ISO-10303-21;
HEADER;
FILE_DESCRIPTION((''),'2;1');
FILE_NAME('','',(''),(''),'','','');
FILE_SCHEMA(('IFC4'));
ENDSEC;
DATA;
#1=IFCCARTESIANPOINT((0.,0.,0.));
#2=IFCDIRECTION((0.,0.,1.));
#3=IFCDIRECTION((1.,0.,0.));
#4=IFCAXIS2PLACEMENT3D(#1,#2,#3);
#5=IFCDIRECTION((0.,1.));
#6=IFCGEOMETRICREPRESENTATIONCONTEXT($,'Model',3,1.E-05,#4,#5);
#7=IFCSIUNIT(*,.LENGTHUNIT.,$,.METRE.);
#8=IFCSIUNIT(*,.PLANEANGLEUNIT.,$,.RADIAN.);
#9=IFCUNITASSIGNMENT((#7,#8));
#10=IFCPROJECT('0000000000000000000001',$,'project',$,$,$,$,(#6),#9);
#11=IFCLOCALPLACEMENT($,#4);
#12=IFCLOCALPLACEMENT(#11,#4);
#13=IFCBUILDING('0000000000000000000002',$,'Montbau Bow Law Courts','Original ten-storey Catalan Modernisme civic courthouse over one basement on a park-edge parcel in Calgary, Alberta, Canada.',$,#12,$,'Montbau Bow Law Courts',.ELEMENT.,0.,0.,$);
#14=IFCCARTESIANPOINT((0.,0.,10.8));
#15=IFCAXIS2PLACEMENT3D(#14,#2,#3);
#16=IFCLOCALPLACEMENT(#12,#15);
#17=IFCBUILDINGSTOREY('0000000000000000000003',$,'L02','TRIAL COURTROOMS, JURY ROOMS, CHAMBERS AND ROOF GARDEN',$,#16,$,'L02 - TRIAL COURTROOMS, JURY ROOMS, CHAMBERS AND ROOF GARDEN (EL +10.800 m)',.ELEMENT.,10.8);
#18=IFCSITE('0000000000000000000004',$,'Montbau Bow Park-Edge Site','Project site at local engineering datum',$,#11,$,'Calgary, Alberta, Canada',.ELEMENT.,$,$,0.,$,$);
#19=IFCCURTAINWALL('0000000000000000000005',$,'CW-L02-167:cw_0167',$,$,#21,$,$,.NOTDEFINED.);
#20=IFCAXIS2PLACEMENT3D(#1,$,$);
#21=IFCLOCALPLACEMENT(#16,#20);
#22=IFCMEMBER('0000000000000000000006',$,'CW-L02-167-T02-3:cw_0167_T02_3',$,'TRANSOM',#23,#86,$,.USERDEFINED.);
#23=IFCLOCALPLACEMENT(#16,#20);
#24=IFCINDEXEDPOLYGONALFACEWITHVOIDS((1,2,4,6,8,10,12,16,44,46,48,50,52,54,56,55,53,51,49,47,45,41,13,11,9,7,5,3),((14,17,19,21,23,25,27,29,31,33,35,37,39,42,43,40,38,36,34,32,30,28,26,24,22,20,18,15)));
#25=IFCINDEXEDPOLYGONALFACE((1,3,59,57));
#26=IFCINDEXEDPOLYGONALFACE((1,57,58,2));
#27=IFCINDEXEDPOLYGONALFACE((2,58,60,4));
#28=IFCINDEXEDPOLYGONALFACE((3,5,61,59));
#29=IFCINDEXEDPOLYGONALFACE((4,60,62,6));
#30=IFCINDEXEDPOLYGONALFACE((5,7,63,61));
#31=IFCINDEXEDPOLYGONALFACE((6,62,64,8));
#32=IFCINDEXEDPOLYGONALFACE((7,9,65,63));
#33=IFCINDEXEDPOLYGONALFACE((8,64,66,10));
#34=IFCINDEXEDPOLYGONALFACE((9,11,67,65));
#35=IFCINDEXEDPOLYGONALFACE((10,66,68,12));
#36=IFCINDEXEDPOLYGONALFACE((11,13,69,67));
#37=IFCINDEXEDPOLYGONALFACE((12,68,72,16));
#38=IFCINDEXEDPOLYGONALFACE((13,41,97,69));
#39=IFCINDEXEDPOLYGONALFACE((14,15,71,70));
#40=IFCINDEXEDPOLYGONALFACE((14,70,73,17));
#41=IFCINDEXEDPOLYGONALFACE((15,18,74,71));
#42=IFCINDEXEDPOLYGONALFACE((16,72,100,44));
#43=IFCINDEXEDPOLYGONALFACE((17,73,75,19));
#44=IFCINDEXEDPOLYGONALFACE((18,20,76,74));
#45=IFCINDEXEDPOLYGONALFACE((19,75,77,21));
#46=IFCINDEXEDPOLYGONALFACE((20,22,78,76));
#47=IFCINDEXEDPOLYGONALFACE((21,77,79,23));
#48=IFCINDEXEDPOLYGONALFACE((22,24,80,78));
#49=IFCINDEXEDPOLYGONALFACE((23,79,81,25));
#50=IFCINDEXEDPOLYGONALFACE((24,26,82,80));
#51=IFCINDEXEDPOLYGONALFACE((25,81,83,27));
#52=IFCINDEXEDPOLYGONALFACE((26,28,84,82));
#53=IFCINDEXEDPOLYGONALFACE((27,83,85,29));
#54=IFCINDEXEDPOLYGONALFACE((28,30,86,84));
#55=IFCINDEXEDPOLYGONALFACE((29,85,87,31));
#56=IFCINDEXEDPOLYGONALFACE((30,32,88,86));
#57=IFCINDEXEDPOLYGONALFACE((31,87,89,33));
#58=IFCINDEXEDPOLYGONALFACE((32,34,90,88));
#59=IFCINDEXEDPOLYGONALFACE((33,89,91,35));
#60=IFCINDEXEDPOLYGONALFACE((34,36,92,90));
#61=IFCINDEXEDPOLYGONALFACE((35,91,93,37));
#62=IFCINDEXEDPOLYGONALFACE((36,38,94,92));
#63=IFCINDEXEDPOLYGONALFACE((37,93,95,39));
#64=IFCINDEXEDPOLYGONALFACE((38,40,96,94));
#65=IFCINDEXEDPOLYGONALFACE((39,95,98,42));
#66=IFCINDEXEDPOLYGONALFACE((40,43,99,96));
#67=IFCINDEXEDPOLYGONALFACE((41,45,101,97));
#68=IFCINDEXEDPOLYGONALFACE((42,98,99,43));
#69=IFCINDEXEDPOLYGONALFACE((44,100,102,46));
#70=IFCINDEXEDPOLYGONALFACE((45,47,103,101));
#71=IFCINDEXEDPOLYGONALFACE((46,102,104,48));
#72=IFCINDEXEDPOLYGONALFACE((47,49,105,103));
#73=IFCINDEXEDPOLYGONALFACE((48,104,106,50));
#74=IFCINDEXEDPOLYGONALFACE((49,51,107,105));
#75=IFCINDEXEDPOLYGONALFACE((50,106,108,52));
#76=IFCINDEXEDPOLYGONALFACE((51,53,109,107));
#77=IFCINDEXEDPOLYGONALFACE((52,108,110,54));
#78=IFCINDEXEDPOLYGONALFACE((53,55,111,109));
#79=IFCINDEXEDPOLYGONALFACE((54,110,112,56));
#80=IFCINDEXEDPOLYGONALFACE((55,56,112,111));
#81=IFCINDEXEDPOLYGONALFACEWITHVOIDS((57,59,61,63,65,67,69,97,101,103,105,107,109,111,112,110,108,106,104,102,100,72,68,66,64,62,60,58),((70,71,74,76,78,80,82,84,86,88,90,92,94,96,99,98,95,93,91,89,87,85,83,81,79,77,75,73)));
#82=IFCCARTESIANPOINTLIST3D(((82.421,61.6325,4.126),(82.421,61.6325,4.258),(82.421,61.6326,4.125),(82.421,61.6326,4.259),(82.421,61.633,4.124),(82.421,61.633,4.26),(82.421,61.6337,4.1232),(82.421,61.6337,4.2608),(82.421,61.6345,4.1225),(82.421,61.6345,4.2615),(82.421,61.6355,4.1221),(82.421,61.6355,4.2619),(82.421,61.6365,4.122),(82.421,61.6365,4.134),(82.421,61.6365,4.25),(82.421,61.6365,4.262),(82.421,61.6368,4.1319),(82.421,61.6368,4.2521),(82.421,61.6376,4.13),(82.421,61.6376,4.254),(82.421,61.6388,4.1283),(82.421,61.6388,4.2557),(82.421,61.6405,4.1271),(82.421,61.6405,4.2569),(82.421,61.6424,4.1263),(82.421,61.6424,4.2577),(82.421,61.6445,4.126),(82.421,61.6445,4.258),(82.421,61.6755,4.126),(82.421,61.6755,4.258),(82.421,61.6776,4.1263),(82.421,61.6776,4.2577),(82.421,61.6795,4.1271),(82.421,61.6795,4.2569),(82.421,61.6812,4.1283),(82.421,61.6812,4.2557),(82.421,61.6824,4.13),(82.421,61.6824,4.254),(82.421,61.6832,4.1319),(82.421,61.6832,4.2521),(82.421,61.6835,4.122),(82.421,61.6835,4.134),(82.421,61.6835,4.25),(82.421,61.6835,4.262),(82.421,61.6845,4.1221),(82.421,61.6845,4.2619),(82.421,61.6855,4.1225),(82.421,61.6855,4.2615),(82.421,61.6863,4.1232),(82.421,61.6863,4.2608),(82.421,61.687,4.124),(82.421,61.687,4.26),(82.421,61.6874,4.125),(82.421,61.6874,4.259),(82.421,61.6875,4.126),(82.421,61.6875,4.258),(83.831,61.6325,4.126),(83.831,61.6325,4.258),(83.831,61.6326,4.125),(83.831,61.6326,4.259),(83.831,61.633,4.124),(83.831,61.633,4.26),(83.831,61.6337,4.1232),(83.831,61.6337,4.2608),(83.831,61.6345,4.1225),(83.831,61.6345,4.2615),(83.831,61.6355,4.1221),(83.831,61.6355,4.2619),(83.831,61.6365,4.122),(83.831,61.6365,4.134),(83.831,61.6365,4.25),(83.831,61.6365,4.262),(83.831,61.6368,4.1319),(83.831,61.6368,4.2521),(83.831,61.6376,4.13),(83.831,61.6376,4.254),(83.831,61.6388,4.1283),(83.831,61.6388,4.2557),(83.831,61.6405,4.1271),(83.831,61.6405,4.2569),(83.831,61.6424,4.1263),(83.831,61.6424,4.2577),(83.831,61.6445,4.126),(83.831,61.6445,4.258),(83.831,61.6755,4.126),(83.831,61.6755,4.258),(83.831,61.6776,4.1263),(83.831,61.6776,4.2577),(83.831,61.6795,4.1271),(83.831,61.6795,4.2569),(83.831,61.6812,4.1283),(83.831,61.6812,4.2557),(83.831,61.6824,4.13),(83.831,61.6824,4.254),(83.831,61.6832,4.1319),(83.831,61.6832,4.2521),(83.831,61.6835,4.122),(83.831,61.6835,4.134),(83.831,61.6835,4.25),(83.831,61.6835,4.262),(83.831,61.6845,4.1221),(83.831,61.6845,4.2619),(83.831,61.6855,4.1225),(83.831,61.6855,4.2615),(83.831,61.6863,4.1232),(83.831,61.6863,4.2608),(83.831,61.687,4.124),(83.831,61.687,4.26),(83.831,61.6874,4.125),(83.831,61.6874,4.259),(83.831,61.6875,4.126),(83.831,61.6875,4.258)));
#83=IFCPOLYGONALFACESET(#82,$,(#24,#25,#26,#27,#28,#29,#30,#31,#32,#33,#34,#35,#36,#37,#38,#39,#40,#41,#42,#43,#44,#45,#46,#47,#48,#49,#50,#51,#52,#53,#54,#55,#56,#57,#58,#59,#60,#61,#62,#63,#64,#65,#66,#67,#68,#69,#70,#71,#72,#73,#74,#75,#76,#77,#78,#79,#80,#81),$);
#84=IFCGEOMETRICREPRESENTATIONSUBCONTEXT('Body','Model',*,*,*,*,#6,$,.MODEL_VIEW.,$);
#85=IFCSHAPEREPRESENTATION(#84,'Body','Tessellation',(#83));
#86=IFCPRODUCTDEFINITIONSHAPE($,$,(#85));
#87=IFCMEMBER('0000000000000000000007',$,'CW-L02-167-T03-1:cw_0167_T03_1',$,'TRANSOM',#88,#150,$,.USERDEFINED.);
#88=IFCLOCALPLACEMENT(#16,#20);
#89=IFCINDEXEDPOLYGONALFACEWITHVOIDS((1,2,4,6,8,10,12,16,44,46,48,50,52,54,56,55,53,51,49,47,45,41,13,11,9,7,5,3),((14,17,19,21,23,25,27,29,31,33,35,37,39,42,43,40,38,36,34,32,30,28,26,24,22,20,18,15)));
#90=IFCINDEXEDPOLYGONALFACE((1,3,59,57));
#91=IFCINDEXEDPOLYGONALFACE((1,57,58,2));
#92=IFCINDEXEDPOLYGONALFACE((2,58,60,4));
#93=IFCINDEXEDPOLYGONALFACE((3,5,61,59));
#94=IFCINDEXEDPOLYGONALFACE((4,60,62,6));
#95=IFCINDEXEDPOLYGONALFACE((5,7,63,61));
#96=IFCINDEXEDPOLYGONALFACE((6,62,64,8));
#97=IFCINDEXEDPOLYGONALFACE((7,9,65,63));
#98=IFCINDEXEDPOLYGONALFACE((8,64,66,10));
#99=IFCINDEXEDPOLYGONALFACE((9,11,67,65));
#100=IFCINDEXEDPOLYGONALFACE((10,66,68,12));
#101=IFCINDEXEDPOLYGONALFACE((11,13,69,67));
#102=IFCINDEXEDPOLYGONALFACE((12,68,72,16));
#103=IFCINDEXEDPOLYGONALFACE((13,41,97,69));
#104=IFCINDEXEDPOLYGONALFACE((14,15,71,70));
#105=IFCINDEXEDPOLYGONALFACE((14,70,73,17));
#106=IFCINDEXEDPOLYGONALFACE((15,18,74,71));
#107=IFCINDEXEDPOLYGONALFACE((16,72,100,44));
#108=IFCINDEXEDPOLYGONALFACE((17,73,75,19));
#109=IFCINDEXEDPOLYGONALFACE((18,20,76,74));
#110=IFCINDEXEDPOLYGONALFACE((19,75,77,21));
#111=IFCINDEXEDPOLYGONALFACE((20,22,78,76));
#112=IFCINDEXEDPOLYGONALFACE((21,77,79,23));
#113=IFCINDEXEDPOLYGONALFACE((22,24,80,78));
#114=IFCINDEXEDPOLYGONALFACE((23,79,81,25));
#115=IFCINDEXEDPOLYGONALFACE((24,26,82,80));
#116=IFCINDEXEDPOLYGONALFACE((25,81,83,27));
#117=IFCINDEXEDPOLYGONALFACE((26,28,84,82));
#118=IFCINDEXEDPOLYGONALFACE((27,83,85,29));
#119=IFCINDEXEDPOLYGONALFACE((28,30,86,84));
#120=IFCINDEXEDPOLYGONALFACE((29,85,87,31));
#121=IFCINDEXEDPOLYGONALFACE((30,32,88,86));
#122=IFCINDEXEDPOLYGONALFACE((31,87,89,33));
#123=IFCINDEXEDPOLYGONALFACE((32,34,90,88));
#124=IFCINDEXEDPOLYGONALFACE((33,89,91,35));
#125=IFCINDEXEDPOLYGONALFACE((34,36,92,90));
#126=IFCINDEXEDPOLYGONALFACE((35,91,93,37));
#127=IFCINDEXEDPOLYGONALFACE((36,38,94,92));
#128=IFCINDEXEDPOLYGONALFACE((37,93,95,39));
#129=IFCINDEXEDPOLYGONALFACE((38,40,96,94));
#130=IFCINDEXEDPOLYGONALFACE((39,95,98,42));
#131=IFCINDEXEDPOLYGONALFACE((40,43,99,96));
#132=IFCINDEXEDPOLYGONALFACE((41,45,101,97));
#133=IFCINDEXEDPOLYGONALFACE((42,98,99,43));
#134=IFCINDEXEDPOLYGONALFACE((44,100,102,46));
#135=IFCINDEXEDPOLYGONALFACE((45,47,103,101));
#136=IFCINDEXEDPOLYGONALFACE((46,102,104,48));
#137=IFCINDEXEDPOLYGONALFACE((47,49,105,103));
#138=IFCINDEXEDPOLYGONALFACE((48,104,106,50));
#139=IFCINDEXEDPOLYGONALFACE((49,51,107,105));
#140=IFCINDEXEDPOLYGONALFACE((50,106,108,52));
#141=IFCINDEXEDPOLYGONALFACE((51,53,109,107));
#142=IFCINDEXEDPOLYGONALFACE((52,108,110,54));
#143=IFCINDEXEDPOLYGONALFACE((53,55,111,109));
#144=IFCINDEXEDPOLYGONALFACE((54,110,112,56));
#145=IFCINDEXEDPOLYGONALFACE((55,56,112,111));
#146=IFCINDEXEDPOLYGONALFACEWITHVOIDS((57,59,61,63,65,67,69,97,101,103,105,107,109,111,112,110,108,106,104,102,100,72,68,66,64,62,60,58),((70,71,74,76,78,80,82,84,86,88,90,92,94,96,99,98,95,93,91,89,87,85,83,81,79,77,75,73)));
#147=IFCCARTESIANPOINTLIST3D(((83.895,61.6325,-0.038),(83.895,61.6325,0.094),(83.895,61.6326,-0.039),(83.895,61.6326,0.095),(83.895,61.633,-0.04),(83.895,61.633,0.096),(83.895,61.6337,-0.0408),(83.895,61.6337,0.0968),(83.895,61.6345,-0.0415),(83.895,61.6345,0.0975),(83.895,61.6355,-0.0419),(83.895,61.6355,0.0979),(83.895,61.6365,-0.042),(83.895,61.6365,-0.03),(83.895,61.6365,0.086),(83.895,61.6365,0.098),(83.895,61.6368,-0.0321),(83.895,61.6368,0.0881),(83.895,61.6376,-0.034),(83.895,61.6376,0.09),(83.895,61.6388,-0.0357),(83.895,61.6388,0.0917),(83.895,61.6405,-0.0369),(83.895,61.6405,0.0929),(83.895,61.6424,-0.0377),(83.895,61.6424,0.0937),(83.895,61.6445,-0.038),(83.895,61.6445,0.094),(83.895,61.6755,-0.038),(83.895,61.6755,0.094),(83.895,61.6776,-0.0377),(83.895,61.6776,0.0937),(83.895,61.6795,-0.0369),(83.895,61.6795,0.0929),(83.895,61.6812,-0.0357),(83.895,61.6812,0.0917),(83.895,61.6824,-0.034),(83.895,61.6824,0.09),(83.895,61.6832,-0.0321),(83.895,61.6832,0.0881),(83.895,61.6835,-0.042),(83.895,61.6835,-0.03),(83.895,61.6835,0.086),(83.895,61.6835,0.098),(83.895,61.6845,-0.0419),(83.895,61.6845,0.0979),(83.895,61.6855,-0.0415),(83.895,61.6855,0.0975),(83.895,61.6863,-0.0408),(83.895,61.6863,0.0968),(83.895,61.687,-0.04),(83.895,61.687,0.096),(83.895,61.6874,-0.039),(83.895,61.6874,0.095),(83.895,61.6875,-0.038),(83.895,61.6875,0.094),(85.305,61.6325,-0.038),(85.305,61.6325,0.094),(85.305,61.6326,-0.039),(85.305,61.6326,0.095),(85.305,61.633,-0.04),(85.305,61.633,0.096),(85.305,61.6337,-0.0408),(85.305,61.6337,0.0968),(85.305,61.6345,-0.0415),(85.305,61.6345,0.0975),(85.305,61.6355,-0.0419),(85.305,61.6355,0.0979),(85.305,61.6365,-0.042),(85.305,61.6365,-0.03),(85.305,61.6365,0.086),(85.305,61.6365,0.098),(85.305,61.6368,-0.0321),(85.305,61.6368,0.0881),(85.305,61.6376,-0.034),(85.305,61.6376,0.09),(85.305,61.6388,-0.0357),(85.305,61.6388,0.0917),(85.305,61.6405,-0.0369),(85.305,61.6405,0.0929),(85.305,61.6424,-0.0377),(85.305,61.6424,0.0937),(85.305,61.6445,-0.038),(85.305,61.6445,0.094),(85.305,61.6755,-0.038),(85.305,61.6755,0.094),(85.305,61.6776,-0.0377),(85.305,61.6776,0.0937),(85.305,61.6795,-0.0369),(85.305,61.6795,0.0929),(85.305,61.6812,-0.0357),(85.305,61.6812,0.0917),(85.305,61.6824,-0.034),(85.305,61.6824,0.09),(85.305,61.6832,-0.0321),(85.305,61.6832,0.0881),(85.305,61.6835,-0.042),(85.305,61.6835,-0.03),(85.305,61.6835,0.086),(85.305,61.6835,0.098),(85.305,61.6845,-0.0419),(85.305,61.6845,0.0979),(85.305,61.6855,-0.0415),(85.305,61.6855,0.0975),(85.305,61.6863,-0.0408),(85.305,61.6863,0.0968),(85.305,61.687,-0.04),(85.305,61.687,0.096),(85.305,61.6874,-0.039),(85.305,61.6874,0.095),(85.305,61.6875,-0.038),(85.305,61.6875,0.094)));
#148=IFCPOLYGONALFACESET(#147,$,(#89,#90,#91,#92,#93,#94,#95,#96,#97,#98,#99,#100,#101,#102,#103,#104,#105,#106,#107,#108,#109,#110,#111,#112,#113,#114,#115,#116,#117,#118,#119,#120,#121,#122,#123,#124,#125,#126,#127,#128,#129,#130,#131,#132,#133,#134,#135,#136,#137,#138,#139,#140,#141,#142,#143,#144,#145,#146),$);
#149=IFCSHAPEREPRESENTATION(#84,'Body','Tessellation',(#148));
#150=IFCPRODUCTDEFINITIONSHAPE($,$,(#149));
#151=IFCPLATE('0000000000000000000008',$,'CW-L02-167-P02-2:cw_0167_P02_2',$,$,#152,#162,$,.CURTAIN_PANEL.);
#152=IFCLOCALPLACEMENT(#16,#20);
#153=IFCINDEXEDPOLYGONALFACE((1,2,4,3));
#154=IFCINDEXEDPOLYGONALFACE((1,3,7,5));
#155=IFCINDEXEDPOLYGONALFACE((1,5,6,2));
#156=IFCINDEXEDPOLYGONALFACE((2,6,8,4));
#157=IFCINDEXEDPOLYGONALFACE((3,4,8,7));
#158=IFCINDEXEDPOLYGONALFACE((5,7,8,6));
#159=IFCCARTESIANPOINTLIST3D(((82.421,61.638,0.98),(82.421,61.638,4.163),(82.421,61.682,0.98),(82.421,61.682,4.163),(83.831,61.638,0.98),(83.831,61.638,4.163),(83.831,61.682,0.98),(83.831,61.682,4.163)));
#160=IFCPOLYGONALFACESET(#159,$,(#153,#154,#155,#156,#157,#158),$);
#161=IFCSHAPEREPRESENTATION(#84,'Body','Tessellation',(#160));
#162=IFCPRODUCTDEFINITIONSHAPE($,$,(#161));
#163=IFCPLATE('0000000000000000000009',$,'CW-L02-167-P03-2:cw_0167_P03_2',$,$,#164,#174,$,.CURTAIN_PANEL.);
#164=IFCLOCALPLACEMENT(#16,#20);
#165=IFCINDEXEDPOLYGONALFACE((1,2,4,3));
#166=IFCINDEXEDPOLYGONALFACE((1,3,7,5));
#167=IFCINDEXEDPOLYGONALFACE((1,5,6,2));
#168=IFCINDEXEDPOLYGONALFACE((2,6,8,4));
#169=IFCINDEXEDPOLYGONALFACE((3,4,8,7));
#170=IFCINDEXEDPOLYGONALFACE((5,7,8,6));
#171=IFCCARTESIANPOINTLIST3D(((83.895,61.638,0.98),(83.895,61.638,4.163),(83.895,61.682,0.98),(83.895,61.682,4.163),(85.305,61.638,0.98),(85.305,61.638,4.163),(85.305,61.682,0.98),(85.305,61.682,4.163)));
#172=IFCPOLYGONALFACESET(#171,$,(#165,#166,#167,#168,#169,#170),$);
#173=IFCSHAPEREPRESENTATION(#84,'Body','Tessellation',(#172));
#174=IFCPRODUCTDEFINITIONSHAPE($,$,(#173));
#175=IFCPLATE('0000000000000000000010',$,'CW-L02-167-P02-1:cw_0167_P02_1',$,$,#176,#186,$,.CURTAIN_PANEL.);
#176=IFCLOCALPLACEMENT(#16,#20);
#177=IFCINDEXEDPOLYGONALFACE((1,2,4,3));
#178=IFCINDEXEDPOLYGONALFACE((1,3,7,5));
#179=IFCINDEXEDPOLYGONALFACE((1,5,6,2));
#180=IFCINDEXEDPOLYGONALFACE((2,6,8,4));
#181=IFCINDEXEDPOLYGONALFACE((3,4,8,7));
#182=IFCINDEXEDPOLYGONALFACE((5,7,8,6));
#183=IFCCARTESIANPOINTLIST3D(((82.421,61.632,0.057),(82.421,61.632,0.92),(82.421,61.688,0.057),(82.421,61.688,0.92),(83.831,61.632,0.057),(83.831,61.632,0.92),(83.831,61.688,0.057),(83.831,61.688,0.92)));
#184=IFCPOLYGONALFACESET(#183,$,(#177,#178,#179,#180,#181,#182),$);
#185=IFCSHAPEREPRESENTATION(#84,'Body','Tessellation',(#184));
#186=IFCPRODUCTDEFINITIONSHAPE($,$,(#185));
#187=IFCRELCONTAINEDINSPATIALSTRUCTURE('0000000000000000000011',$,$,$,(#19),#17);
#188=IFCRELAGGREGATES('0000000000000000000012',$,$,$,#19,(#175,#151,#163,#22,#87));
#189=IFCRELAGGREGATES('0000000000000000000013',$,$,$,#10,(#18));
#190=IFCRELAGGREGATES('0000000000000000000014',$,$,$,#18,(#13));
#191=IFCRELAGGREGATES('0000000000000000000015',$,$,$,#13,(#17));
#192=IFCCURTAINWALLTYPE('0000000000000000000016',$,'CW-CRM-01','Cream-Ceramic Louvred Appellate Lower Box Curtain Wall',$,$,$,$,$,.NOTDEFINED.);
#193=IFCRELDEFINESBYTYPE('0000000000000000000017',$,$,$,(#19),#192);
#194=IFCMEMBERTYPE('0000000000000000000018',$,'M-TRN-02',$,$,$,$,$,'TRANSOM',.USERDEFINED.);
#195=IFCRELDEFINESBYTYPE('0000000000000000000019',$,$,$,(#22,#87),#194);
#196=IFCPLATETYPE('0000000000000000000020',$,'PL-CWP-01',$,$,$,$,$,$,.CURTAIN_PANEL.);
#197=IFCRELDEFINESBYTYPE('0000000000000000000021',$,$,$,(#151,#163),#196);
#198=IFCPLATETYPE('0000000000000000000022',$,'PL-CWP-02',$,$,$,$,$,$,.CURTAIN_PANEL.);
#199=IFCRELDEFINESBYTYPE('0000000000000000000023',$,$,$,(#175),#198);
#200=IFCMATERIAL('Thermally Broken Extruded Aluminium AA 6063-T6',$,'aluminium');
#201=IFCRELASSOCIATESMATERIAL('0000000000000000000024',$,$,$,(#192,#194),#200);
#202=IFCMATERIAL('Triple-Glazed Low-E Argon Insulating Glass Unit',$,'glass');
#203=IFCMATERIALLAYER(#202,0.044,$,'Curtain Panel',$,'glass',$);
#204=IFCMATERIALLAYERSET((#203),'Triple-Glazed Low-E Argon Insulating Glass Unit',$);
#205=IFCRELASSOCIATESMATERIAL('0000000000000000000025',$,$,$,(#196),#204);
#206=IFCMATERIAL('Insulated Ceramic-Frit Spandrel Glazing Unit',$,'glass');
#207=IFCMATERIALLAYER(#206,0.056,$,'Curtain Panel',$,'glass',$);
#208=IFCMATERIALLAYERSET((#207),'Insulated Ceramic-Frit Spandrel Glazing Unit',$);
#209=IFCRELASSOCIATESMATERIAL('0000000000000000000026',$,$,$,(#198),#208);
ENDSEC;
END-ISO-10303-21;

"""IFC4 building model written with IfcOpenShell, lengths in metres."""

from ifc_helpers import new_model, si_unit, direction, frame, frame_2d, origin_with_axes, origin_2d_with_axis, place, context, subcontext, project, spatial, rectangle, hollow_rectangle, extrude, material, layer, layer_set, material_profile, profile_set, type_object, element, aggregate, save


model = new_model("IFC4")

# Units and contexts
model_context = context("Model", 3, precision=1e-05, world=origin_with_axes(), true_north=direction((0.0, 1.0)))
body_context = subcontext(model_context, "Body", "Model", "MODEL_VIEW")
ifc_project = project(units=[si_unit("LENGTHUNIT", "METRE"), si_unit("PLANEANGLEUNIT", "RADIAN")], contexts=[model_context])

# Site, building, storey
site_placement = place(None, origin_with_axes())
site = spatial("IfcSite", under=ifc_project, at=site_placement, Name="Montbau Bow Park-Edge Site", Description="Project site at local engineering datum", LongName="Calgary, Alberta, Canada", CompositionType="ELEMENT", RefElevation=0.0)
building_placement = place(site_placement, origin_with_axes())
building = spatial("IfcBuilding", under=site, at=building_placement, Name="Montbau Bow Law Courts", Description="Original ten-storey Catalan Modernisme civic courthouse over one basement on a park-edge parcel in Calgary, Alberta, Canada.", LongName="Montbau Bow Law Courts", CompositionType="ELEMENT", ElevationOfRefHeight=0.0, ElevationOfTerrain=0.0)
storey_placement = place(building_placement, frame((0.0, 0.0, 10.8), z_axis=(0.0, 0.0, 1.0), x_axis=(1.0, 0.0, 0.0)))
storey = spatial("IfcBuildingStorey", under=building, at=storey_placement, Name="L02", Description="TRIAL COURTROOMS, JURY ROOMS, CHAMBERS AND ROOF GARDEN", LongName="L02 - TRIAL COURTROOMS, JURY ROOMS, CHAMBERS AND ROOF GARDEN (EL +10.800 m)", CompositionType="ELEMENT", Elevation=10.8)

# Curtain wall, members, plates
ifc_material_1 = material(Name="Thermally Broken Extruded Aluminium AA 6063-T6", Category="aluminium")
curtain_wall_type = type_object("IfcCurtainWallType", Name="CW-CRM-01", Description="Cream-Ceramic Louvred Appellate Lower Box Curtain Wall", PredefinedType="NOTDEFINED", material=ifc_material_1)
curtain_wall_placement = place(None, frame((80.915, 61.66, 10.8), z_axis=(0.0, 0.0, 1.0), x_axis=(1.0, 0.0, 0.0)))
curtain_wall = element("IfcCurtainWall", 1, at=curtain_wall_placement, inside=storey, type_object=curtain_wall_type, Name="CW-L02-167:cw_0167", PredefinedType="NOTDEFINED")
ifc_material_profile_1 = material_profile(ifc_material_1, hollow_rectangle(XDim=0.055, YDim=0.14, WallThickness=0.004, InnerFilletRadius=0.008, OuterFilletRadius=0.004, at=origin_2d_with_axis()), Name="CWT-140X55", Category="Main", Priority=0)
ifc_profile_set_1 = profile_set([ifc_material_profile_1], Name="Thermally Broken Extruded Aluminium AA 6063-T6")
member_type_1 = type_object("IfcMemberType", Name="M-TRN-02", ElementType="TRANSOM", PredefinedType="USERDEFINED", material=ifc_profile_set_1)
member_1_placement = place(None, frame((82.421, 61.66, 14.992), z_axis=(1.0, 0.0, 0.0), x_axis=(0.0, 1.0, 0.0)))
member_1 = element("IfcMember", 2, at=member_1_placement, type_object=member_type_1, Name="CW-L02-167-T02-3:cw_0167_T02_3", ObjectType="TRANSOM", PredefinedType="USERDEFINED", context=body_context, shape_type="SweptSolid", body=[
    extrude(hollow_rectangle(XDim=0.055, YDim=0.14, WallThickness=0.004, InnerFilletRadius=0.008, OuterFilletRadius=0.004, at=origin_2d_with_axis()), origin_with_axes(), (0.0, 0.0, 1.0), 1.41),
])
member_2_placement = place(None, frame((83.895, 61.66, 10.828), z_axis=(1.0, 0.0, 0.0), x_axis=(0.0, 1.0, 0.0)))
member_2 = element("IfcMember", 3, at=member_2_placement, type_object=member_type_1, Name="CW-L02-167-T03-1:cw_0167_T03_1", ObjectType="TRANSOM", PredefinedType="USERDEFINED", context=body_context, shape_type="SweptSolid", body=[
    extrude(hollow_rectangle(XDim=0.055, YDim=0.14, WallThickness=0.004, InnerFilletRadius=0.008, OuterFilletRadius=0.004, at=origin_2d_with_axis()), origin_with_axes(), (0.0, 0.0, 1.0), 1.41),
])
ifc_material_2 = material(Name="Triple-Glazed Low-E Argon Insulating Glass Unit", Category="glass")
ifc_layer_1 = layer(ifc_material_2, 0.044, Name="Curtain Panel", Category="glass")
ifc_layer_set_1 = layer_set([ifc_layer_1], Name="Triple-Glazed Low-E Argon Insulating Glass Unit")
plate_type_1 = type_object("IfcPlateType", Name="PL-CWP-01", PredefinedType="CURTAIN_PANEL", material=ifc_layer_set_1)
plate_1_placement = place(None, frame((82.421, 61.66, 11.78), z_axis=(0.0, -1.0, 0.0), x_axis=(1.0, 0.0, 0.0)))
plate_1 = element("IfcPlate", 4, at=plate_1_placement, type_object=plate_type_1, Name="CW-L02-167-P02-2:cw_0167_P02_2", PredefinedType="CURTAIN_PANEL", context=body_context, shape_type="SweptSolid", body=[
    extrude(rectangle(XDim=1.41, YDim=3.183, at=frame_2d((0.705, 1.5915), x_axis=(1.0, 0.0))), frame((0.0, 0.0, -0.022), z_axis=(0.0, 0.0, 1.0), x_axis=(1.0, 0.0, 0.0)), (0.0, 0.0, 1.0), 0.044),
])
plate_2_placement = place(None, frame((83.895, 61.66, 11.78), z_axis=(0.0, -1.0, 0.0), x_axis=(1.0, 0.0, 0.0)))
plate_2 = element("IfcPlate", 5, at=plate_2_placement, type_object=plate_type_1, Name="CW-L02-167-P03-2:cw_0167_P03_2", PredefinedType="CURTAIN_PANEL", context=body_context, shape_type="SweptSolid", body=[
    extrude(rectangle(XDim=1.41, YDim=3.183, at=frame_2d((0.705, 1.5915), x_axis=(1.0, 0.0))), frame((0.0, 0.0, -0.022), z_axis=(0.0, 0.0, 1.0), x_axis=(1.0, 0.0, 0.0)), (0.0, 0.0, 1.0), 0.044),
])
ifc_material_3 = material(Name="Insulated Ceramic-Frit Spandrel Glazing Unit", Category="glass")
ifc_layer_2 = layer(ifc_material_3, 0.056, Name="Curtain Panel", Category="glass")
ifc_layer_set_2 = layer_set([ifc_layer_2], Name="Insulated Ceramic-Frit Spandrel Glazing Unit")
plate_type_2 = type_object("IfcPlateType", Name="PL-CWP-02", PredefinedType="CURTAIN_PANEL", material=ifc_layer_set_2)
plate_3_placement = place(None, frame((82.421, 61.66, 10.857), z_axis=(0.0, -1.0, 0.0), x_axis=(1.0, 0.0, 0.0)))
plate_3 = element("IfcPlate", 6, at=plate_3_placement, type_object=plate_type_2, Name="CW-L02-167-P02-1:cw_0167_P02_1", PredefinedType="CURTAIN_PANEL", context=body_context, shape_type="SweptSolid", body=[
    extrude(rectangle(XDim=1.41, YDim=0.863, at=frame_2d((0.705, 0.4315), x_axis=(1.0, 0.0))), frame((0.0, 0.0, -0.028), z_axis=(0.0, 0.0, 1.0), x_axis=(1.0, 0.0, 0.0)), (0.0, 0.0, 1.0), 0.056),
])
aggregate(curtain_wall, [plate_3, plate_1, plate_2, member_1, member_2])

save(model, "model.ifc")
